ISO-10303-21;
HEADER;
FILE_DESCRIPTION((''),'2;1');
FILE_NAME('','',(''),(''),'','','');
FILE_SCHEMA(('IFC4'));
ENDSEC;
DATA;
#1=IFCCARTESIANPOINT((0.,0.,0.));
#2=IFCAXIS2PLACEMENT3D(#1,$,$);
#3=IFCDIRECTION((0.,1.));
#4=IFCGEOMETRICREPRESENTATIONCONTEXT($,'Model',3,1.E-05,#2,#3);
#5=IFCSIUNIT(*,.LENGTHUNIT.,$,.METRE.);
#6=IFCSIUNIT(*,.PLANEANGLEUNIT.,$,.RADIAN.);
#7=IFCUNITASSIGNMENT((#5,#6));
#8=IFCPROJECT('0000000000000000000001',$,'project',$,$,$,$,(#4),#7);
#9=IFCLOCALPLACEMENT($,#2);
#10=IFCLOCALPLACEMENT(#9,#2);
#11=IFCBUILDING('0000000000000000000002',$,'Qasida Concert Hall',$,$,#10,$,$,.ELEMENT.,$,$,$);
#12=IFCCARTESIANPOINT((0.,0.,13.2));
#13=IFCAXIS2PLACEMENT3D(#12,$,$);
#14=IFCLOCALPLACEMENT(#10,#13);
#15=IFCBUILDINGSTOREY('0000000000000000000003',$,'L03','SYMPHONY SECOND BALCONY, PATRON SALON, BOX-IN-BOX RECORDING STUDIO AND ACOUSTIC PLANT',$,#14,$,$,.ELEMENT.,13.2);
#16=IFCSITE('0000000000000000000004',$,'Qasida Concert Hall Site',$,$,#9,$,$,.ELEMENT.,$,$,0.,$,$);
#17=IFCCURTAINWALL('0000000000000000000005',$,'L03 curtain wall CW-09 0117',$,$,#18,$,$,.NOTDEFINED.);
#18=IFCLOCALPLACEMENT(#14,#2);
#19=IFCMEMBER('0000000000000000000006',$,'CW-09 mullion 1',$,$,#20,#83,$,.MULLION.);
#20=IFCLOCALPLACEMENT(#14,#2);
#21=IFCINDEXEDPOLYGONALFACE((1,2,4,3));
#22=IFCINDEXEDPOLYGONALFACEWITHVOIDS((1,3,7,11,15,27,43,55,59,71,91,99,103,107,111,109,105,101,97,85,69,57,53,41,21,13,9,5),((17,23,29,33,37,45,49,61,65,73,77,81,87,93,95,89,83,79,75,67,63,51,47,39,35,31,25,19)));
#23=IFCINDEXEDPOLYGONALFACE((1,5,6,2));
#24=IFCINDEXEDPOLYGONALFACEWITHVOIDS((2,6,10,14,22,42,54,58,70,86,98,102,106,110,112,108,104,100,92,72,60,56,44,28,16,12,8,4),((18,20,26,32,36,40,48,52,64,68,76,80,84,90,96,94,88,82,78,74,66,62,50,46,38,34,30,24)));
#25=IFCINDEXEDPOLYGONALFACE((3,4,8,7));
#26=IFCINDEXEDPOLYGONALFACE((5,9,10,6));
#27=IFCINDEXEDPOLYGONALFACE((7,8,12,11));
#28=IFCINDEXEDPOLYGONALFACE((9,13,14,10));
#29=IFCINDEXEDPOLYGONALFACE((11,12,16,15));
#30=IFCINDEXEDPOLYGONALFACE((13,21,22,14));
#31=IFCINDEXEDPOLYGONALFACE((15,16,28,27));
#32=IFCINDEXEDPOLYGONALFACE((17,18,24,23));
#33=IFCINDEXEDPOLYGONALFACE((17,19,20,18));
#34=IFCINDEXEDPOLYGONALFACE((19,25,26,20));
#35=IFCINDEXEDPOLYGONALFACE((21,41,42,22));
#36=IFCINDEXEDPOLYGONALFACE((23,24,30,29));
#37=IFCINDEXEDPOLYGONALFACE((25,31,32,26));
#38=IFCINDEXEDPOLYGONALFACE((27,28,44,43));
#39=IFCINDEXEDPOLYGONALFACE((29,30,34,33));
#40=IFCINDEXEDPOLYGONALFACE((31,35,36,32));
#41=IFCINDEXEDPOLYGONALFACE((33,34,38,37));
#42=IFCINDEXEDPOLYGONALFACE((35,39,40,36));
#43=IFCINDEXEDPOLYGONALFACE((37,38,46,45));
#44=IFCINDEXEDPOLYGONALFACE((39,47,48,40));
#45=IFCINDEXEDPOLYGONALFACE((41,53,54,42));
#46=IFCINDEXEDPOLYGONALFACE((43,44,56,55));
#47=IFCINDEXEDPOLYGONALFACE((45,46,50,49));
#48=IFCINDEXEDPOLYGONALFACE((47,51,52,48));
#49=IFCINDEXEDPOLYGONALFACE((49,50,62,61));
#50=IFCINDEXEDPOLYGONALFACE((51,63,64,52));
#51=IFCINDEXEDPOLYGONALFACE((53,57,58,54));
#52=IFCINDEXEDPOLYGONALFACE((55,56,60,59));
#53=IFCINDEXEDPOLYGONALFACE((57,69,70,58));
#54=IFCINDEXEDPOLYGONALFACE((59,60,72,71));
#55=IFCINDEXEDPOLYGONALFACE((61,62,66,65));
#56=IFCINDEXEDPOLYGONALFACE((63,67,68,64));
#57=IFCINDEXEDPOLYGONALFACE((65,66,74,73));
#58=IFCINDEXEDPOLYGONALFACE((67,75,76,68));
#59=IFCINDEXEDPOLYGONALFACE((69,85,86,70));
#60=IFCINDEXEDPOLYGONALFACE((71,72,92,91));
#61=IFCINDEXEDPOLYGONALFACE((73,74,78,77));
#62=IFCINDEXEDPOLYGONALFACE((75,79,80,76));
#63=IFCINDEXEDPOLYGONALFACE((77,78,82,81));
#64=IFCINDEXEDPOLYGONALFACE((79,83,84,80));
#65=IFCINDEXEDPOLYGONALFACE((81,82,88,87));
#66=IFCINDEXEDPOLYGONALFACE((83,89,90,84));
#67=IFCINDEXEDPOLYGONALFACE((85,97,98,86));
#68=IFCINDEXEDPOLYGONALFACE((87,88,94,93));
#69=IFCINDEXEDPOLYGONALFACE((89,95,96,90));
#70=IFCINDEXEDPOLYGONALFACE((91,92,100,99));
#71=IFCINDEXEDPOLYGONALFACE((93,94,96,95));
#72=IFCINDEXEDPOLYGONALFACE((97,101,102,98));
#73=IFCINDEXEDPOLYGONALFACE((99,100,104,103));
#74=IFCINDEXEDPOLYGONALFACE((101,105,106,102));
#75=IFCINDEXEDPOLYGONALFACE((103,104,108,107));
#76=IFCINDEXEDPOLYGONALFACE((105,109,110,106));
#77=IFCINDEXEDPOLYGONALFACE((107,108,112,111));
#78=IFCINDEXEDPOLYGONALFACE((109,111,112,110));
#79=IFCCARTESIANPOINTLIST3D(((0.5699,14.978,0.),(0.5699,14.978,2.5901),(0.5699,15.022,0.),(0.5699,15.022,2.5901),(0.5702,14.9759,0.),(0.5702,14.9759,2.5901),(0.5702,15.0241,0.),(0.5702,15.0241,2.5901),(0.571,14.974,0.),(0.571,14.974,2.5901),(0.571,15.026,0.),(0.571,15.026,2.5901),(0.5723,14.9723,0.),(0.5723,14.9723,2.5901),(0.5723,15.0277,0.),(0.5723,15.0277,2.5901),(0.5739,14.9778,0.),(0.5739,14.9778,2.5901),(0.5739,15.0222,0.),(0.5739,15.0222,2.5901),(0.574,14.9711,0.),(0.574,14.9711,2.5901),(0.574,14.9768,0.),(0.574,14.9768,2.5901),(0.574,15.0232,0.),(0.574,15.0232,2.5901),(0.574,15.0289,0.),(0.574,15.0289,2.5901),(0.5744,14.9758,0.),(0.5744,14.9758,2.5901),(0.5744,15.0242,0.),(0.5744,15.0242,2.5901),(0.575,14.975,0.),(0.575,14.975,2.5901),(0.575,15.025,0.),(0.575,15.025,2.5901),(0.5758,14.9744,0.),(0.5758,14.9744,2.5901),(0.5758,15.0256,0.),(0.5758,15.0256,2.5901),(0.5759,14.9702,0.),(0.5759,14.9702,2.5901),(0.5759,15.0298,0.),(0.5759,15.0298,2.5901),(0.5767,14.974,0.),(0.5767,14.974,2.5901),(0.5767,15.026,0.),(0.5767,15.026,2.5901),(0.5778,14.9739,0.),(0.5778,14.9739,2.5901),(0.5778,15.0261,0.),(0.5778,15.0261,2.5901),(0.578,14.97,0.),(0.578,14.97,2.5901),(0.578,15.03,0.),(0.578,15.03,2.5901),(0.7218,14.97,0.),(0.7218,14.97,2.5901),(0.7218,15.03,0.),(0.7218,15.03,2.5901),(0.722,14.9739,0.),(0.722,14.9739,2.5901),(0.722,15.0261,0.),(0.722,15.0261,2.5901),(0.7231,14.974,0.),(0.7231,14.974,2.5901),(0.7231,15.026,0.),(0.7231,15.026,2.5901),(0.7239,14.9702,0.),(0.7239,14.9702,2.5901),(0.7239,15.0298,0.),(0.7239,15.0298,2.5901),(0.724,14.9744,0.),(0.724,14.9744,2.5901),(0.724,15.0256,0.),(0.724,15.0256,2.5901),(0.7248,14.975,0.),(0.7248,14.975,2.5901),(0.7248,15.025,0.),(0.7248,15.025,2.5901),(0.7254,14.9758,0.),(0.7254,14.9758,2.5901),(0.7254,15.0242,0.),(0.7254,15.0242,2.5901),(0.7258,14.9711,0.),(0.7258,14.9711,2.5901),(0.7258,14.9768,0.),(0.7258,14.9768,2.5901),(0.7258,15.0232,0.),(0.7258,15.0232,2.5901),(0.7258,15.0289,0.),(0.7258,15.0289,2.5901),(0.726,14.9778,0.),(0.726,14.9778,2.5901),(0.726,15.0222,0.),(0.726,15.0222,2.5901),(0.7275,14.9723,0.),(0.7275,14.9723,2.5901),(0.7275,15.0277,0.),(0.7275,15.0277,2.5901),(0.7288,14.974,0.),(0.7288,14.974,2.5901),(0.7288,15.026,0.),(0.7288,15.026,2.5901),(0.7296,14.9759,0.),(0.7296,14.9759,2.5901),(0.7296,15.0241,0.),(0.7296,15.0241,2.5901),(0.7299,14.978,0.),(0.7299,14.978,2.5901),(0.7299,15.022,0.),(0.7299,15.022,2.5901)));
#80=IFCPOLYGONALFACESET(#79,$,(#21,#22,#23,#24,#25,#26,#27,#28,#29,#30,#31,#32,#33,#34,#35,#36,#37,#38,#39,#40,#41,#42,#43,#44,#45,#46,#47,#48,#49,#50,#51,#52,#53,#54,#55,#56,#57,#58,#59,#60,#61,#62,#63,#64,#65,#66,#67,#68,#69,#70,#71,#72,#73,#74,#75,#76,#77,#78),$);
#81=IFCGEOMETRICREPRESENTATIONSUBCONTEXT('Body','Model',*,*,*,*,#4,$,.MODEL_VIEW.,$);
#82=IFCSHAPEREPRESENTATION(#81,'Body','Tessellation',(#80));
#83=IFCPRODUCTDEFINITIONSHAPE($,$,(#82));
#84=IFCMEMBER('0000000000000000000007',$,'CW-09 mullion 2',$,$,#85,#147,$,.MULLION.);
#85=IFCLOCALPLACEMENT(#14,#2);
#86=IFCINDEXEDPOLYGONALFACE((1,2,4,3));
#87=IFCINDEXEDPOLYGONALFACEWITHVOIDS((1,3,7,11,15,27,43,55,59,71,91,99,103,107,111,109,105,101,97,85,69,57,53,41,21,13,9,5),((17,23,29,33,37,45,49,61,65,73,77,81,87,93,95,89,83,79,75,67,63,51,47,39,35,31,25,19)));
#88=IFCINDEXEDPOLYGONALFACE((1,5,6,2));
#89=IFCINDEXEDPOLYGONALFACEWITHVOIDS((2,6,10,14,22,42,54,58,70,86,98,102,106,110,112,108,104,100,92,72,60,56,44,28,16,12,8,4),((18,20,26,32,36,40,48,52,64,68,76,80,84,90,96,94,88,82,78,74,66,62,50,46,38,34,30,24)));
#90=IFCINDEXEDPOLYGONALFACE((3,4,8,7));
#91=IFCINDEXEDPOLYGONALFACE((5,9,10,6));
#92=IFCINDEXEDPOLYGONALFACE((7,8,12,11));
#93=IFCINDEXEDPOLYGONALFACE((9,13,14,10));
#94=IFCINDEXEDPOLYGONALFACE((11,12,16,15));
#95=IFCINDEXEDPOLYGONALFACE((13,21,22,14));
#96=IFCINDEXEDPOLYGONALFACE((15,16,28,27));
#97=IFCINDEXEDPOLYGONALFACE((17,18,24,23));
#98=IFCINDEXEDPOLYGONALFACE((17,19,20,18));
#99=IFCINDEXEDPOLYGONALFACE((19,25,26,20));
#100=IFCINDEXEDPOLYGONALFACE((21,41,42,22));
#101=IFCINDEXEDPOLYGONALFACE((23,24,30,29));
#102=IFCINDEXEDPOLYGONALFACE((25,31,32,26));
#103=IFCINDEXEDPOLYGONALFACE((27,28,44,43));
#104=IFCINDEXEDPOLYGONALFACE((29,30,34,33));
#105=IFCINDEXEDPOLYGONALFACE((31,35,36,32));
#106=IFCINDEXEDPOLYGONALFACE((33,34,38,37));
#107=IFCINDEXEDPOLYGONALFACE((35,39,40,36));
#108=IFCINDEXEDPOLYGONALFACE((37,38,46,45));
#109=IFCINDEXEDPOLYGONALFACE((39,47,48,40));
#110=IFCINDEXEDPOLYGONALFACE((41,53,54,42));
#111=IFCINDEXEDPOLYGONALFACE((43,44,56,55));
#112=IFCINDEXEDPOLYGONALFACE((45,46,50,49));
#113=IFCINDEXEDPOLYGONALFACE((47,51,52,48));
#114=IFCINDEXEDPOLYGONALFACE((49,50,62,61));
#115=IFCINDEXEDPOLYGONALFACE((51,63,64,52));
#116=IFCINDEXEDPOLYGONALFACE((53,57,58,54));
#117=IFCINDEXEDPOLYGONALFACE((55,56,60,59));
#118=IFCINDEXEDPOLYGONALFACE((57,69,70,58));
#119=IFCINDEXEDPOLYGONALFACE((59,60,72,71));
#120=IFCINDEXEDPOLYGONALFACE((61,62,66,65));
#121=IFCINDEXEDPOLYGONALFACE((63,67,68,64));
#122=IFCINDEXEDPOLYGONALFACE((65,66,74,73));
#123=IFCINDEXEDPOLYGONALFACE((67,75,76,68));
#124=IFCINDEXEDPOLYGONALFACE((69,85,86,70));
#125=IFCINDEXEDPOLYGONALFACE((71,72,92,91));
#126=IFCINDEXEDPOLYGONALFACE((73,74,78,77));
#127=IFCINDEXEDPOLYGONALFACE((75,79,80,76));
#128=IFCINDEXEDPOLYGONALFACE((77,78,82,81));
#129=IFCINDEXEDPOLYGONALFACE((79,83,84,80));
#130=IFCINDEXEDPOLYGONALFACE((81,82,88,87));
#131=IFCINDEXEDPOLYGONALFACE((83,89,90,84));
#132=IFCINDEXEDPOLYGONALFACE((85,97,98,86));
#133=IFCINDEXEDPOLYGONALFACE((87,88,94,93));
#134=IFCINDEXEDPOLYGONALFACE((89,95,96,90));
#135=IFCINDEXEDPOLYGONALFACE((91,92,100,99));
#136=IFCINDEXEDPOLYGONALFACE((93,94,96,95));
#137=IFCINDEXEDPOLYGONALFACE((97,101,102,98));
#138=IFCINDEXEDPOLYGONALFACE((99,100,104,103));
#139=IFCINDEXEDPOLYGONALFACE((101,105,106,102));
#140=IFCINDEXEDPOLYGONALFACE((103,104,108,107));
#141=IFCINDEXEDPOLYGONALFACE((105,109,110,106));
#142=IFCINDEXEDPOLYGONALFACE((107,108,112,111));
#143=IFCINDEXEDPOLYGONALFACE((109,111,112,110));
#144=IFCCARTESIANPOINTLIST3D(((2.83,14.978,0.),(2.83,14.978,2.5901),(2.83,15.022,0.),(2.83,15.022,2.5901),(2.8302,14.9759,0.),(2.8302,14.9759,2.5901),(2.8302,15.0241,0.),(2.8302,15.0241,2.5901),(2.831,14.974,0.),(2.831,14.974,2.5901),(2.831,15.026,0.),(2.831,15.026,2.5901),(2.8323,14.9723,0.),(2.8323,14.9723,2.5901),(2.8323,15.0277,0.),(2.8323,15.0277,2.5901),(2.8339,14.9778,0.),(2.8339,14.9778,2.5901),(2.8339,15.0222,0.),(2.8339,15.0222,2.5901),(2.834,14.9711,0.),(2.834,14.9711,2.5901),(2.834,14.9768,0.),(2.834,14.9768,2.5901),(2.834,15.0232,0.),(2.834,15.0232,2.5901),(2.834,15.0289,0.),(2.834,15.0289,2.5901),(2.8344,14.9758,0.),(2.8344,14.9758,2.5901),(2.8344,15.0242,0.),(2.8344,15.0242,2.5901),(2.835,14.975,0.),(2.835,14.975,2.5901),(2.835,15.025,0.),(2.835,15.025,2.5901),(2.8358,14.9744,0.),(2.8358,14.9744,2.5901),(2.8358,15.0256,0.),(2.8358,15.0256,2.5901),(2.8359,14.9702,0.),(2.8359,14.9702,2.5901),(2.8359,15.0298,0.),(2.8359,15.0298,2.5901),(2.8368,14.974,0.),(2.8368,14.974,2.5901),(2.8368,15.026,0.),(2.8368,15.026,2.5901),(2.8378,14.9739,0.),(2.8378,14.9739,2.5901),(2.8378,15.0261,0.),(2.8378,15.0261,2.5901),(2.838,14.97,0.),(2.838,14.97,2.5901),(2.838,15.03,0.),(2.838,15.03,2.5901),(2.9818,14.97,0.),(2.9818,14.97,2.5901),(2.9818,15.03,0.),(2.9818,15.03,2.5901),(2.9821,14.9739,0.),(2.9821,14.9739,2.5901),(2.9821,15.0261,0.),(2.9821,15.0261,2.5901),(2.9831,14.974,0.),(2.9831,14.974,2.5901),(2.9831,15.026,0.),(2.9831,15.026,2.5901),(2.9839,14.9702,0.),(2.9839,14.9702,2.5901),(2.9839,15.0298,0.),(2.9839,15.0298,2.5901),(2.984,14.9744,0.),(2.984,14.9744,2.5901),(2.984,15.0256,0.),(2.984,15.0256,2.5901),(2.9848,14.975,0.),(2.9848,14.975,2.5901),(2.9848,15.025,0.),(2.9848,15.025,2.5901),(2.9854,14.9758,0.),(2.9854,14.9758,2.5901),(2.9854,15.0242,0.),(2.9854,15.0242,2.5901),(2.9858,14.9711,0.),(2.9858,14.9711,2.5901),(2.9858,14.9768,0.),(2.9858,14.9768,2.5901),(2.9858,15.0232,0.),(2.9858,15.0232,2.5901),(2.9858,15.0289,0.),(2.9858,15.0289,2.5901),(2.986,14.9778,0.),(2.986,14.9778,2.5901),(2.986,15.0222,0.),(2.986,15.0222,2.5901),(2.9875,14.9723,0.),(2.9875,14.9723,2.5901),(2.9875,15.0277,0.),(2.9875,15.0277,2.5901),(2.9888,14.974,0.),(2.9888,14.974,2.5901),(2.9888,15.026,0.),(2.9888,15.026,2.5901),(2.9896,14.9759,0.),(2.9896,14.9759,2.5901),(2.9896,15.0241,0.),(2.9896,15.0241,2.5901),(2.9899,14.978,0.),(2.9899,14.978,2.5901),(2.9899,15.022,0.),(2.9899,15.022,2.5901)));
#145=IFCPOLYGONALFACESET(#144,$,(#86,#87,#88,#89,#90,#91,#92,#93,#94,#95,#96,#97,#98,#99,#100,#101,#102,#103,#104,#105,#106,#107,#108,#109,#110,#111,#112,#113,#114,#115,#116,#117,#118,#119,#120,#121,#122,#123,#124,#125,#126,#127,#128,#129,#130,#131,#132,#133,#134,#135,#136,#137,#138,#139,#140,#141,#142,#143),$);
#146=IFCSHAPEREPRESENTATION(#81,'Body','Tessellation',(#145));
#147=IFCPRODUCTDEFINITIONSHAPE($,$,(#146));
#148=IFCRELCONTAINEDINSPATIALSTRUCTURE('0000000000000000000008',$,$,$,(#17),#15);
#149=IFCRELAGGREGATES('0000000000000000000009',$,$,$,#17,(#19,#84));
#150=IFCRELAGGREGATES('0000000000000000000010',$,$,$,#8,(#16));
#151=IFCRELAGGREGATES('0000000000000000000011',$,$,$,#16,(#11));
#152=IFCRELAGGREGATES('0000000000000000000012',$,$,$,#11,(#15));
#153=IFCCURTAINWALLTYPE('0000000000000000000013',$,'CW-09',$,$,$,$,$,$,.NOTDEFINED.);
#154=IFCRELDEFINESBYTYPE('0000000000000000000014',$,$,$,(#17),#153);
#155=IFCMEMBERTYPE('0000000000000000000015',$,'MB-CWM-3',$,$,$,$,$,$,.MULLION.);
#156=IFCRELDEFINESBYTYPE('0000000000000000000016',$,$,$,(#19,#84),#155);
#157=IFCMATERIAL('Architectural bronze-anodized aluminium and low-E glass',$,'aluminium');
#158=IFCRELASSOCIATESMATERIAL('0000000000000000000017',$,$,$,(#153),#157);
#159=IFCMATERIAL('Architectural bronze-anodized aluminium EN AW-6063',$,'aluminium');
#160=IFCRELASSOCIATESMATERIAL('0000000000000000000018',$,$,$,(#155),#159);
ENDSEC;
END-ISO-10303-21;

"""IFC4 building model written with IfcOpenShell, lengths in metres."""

from ifc_helpers import new_model, si_unit, direction, frame, origin, origin_2d, place, context, subcontext, project, spatial, hollow_rectangle, extrude, material, material_profile, profile_set, type_object, element, aggregate, save


model = new_model("IFC4")

# Units and contexts
model_context = context("Model", 3, precision=1e-05, world=origin(), true_north=direction((0.0, 1.0)))
body_context = subcontext(model_context, "Body", "Model", "MODEL_VIEW")
ifc_project = project(units=[si_unit("LENGTHUNIT", "METRE"), si_unit("PLANEANGLEUNIT", "RADIAN")], contexts=[model_context])

# Site, building, storey
site_placement = place(None, origin())
site = spatial("IfcSite", under=ifc_project, at=site_placement, Name="Qasida Concert Hall Site", CompositionType="ELEMENT", RefElevation=0.0)
building_placement = place(site_placement, origin())
building = spatial("IfcBuilding", under=site, at=building_placement, Name="Qasida Concert Hall", CompositionType="ELEMENT")
storey_placement = place(building_placement, frame((0.0, 0.0, 13.2)))
storey = spatial("IfcBuildingStorey", under=building, at=storey_placement, Name="L03", Description="SYMPHONY SECOND BALCONY, PATRON SALON, BOX-IN-BOX RECORDING STUDIO AND ACOUSTIC PLANT", CompositionType="ELEMENT", Elevation=13.2)

# Curtain wall, members
ifc_material_1 = material(Name="Architectural bronze-anodized aluminium and low-E glass", Category="aluminium")
curtain_wall_type = type_object("IfcCurtainWallType", Name="CW-09", PredefinedType="NOTDEFINED", material=ifc_material_1)
curtain_wall_placement = place(storey_placement, origin())
curtain_wall = element("IfcCurtainWall", 1, at=curtain_wall_placement, inside=storey, type_object=curtain_wall_type, Name="L03 curtain wall CW-09 0117", PredefinedType="NOTDEFINED")
ifc_material_2 = material(Name="Architectural bronze-anodized aluminium EN AW-6063", Category="aluminium")
ifc_material_profile_1 = material_profile(ifc_material_2, hollow_rectangle(XDim=0.0601, YDim=0.1599, WallThickness=0.0039, InnerFilletRadius=0.0039, OuterFilletRadius=0.0081, at=origin_2d()), Name="CWM 160x60x4")
ifc_profile_set_1 = profile_set([ifc_material_profile_1], Name="Architectural bronze-anodized aluminium EN AW-6063")
member_type_1 = type_object("IfcMemberType", Name="MB-CWM-3", PredefinedType="MULLION", material=ifc_profile_set_1)
member_1_placement = place(storey_placement, frame((0.6499, 15.0, 0.0), z_axis=(0.0, 0.0, 1.0), x_axis=(0.0, 1.0, 0.0)))
member_1 = element("IfcMember", 2, at=member_1_placement, type_object=member_type_1, Name="CW-09 mullion 1", PredefinedType="MULLION", context=body_context, shape_type="SweptSolid", body=[
    extrude(hollow_rectangle(XDim=0.0601, YDim=0.1599, WallThickness=0.0039, InnerFilletRadius=0.0039, OuterFilletRadius=0.0081, at=origin_2d()), origin(), (0.0, 0.0, 1.0), 2.5901),
])
member_2_placement = place(storey_placement, frame((2.9099, 15.0, 0.0), z_axis=(0.0, 0.0, 1.0), x_axis=(0.0, 1.0, 0.0)))
member_2 = element("IfcMember", 3, at=member_2_placement, type_object=member_type_1, Name="CW-09 mullion 2", PredefinedType="MULLION", context=body_context, shape_type="SweptSolid", body=[
    extrude(hollow_rectangle(XDim=0.0601, YDim=0.1599, WallThickness=0.0039, InnerFilletRadius=0.0039, OuterFilletRadius=0.0081, at=origin_2d()), origin(), (0.0, 0.0, 1.0), 2.5901),
])
aggregate(curtain_wall, [member_1, member_2])

save(model, "model.ifc")
